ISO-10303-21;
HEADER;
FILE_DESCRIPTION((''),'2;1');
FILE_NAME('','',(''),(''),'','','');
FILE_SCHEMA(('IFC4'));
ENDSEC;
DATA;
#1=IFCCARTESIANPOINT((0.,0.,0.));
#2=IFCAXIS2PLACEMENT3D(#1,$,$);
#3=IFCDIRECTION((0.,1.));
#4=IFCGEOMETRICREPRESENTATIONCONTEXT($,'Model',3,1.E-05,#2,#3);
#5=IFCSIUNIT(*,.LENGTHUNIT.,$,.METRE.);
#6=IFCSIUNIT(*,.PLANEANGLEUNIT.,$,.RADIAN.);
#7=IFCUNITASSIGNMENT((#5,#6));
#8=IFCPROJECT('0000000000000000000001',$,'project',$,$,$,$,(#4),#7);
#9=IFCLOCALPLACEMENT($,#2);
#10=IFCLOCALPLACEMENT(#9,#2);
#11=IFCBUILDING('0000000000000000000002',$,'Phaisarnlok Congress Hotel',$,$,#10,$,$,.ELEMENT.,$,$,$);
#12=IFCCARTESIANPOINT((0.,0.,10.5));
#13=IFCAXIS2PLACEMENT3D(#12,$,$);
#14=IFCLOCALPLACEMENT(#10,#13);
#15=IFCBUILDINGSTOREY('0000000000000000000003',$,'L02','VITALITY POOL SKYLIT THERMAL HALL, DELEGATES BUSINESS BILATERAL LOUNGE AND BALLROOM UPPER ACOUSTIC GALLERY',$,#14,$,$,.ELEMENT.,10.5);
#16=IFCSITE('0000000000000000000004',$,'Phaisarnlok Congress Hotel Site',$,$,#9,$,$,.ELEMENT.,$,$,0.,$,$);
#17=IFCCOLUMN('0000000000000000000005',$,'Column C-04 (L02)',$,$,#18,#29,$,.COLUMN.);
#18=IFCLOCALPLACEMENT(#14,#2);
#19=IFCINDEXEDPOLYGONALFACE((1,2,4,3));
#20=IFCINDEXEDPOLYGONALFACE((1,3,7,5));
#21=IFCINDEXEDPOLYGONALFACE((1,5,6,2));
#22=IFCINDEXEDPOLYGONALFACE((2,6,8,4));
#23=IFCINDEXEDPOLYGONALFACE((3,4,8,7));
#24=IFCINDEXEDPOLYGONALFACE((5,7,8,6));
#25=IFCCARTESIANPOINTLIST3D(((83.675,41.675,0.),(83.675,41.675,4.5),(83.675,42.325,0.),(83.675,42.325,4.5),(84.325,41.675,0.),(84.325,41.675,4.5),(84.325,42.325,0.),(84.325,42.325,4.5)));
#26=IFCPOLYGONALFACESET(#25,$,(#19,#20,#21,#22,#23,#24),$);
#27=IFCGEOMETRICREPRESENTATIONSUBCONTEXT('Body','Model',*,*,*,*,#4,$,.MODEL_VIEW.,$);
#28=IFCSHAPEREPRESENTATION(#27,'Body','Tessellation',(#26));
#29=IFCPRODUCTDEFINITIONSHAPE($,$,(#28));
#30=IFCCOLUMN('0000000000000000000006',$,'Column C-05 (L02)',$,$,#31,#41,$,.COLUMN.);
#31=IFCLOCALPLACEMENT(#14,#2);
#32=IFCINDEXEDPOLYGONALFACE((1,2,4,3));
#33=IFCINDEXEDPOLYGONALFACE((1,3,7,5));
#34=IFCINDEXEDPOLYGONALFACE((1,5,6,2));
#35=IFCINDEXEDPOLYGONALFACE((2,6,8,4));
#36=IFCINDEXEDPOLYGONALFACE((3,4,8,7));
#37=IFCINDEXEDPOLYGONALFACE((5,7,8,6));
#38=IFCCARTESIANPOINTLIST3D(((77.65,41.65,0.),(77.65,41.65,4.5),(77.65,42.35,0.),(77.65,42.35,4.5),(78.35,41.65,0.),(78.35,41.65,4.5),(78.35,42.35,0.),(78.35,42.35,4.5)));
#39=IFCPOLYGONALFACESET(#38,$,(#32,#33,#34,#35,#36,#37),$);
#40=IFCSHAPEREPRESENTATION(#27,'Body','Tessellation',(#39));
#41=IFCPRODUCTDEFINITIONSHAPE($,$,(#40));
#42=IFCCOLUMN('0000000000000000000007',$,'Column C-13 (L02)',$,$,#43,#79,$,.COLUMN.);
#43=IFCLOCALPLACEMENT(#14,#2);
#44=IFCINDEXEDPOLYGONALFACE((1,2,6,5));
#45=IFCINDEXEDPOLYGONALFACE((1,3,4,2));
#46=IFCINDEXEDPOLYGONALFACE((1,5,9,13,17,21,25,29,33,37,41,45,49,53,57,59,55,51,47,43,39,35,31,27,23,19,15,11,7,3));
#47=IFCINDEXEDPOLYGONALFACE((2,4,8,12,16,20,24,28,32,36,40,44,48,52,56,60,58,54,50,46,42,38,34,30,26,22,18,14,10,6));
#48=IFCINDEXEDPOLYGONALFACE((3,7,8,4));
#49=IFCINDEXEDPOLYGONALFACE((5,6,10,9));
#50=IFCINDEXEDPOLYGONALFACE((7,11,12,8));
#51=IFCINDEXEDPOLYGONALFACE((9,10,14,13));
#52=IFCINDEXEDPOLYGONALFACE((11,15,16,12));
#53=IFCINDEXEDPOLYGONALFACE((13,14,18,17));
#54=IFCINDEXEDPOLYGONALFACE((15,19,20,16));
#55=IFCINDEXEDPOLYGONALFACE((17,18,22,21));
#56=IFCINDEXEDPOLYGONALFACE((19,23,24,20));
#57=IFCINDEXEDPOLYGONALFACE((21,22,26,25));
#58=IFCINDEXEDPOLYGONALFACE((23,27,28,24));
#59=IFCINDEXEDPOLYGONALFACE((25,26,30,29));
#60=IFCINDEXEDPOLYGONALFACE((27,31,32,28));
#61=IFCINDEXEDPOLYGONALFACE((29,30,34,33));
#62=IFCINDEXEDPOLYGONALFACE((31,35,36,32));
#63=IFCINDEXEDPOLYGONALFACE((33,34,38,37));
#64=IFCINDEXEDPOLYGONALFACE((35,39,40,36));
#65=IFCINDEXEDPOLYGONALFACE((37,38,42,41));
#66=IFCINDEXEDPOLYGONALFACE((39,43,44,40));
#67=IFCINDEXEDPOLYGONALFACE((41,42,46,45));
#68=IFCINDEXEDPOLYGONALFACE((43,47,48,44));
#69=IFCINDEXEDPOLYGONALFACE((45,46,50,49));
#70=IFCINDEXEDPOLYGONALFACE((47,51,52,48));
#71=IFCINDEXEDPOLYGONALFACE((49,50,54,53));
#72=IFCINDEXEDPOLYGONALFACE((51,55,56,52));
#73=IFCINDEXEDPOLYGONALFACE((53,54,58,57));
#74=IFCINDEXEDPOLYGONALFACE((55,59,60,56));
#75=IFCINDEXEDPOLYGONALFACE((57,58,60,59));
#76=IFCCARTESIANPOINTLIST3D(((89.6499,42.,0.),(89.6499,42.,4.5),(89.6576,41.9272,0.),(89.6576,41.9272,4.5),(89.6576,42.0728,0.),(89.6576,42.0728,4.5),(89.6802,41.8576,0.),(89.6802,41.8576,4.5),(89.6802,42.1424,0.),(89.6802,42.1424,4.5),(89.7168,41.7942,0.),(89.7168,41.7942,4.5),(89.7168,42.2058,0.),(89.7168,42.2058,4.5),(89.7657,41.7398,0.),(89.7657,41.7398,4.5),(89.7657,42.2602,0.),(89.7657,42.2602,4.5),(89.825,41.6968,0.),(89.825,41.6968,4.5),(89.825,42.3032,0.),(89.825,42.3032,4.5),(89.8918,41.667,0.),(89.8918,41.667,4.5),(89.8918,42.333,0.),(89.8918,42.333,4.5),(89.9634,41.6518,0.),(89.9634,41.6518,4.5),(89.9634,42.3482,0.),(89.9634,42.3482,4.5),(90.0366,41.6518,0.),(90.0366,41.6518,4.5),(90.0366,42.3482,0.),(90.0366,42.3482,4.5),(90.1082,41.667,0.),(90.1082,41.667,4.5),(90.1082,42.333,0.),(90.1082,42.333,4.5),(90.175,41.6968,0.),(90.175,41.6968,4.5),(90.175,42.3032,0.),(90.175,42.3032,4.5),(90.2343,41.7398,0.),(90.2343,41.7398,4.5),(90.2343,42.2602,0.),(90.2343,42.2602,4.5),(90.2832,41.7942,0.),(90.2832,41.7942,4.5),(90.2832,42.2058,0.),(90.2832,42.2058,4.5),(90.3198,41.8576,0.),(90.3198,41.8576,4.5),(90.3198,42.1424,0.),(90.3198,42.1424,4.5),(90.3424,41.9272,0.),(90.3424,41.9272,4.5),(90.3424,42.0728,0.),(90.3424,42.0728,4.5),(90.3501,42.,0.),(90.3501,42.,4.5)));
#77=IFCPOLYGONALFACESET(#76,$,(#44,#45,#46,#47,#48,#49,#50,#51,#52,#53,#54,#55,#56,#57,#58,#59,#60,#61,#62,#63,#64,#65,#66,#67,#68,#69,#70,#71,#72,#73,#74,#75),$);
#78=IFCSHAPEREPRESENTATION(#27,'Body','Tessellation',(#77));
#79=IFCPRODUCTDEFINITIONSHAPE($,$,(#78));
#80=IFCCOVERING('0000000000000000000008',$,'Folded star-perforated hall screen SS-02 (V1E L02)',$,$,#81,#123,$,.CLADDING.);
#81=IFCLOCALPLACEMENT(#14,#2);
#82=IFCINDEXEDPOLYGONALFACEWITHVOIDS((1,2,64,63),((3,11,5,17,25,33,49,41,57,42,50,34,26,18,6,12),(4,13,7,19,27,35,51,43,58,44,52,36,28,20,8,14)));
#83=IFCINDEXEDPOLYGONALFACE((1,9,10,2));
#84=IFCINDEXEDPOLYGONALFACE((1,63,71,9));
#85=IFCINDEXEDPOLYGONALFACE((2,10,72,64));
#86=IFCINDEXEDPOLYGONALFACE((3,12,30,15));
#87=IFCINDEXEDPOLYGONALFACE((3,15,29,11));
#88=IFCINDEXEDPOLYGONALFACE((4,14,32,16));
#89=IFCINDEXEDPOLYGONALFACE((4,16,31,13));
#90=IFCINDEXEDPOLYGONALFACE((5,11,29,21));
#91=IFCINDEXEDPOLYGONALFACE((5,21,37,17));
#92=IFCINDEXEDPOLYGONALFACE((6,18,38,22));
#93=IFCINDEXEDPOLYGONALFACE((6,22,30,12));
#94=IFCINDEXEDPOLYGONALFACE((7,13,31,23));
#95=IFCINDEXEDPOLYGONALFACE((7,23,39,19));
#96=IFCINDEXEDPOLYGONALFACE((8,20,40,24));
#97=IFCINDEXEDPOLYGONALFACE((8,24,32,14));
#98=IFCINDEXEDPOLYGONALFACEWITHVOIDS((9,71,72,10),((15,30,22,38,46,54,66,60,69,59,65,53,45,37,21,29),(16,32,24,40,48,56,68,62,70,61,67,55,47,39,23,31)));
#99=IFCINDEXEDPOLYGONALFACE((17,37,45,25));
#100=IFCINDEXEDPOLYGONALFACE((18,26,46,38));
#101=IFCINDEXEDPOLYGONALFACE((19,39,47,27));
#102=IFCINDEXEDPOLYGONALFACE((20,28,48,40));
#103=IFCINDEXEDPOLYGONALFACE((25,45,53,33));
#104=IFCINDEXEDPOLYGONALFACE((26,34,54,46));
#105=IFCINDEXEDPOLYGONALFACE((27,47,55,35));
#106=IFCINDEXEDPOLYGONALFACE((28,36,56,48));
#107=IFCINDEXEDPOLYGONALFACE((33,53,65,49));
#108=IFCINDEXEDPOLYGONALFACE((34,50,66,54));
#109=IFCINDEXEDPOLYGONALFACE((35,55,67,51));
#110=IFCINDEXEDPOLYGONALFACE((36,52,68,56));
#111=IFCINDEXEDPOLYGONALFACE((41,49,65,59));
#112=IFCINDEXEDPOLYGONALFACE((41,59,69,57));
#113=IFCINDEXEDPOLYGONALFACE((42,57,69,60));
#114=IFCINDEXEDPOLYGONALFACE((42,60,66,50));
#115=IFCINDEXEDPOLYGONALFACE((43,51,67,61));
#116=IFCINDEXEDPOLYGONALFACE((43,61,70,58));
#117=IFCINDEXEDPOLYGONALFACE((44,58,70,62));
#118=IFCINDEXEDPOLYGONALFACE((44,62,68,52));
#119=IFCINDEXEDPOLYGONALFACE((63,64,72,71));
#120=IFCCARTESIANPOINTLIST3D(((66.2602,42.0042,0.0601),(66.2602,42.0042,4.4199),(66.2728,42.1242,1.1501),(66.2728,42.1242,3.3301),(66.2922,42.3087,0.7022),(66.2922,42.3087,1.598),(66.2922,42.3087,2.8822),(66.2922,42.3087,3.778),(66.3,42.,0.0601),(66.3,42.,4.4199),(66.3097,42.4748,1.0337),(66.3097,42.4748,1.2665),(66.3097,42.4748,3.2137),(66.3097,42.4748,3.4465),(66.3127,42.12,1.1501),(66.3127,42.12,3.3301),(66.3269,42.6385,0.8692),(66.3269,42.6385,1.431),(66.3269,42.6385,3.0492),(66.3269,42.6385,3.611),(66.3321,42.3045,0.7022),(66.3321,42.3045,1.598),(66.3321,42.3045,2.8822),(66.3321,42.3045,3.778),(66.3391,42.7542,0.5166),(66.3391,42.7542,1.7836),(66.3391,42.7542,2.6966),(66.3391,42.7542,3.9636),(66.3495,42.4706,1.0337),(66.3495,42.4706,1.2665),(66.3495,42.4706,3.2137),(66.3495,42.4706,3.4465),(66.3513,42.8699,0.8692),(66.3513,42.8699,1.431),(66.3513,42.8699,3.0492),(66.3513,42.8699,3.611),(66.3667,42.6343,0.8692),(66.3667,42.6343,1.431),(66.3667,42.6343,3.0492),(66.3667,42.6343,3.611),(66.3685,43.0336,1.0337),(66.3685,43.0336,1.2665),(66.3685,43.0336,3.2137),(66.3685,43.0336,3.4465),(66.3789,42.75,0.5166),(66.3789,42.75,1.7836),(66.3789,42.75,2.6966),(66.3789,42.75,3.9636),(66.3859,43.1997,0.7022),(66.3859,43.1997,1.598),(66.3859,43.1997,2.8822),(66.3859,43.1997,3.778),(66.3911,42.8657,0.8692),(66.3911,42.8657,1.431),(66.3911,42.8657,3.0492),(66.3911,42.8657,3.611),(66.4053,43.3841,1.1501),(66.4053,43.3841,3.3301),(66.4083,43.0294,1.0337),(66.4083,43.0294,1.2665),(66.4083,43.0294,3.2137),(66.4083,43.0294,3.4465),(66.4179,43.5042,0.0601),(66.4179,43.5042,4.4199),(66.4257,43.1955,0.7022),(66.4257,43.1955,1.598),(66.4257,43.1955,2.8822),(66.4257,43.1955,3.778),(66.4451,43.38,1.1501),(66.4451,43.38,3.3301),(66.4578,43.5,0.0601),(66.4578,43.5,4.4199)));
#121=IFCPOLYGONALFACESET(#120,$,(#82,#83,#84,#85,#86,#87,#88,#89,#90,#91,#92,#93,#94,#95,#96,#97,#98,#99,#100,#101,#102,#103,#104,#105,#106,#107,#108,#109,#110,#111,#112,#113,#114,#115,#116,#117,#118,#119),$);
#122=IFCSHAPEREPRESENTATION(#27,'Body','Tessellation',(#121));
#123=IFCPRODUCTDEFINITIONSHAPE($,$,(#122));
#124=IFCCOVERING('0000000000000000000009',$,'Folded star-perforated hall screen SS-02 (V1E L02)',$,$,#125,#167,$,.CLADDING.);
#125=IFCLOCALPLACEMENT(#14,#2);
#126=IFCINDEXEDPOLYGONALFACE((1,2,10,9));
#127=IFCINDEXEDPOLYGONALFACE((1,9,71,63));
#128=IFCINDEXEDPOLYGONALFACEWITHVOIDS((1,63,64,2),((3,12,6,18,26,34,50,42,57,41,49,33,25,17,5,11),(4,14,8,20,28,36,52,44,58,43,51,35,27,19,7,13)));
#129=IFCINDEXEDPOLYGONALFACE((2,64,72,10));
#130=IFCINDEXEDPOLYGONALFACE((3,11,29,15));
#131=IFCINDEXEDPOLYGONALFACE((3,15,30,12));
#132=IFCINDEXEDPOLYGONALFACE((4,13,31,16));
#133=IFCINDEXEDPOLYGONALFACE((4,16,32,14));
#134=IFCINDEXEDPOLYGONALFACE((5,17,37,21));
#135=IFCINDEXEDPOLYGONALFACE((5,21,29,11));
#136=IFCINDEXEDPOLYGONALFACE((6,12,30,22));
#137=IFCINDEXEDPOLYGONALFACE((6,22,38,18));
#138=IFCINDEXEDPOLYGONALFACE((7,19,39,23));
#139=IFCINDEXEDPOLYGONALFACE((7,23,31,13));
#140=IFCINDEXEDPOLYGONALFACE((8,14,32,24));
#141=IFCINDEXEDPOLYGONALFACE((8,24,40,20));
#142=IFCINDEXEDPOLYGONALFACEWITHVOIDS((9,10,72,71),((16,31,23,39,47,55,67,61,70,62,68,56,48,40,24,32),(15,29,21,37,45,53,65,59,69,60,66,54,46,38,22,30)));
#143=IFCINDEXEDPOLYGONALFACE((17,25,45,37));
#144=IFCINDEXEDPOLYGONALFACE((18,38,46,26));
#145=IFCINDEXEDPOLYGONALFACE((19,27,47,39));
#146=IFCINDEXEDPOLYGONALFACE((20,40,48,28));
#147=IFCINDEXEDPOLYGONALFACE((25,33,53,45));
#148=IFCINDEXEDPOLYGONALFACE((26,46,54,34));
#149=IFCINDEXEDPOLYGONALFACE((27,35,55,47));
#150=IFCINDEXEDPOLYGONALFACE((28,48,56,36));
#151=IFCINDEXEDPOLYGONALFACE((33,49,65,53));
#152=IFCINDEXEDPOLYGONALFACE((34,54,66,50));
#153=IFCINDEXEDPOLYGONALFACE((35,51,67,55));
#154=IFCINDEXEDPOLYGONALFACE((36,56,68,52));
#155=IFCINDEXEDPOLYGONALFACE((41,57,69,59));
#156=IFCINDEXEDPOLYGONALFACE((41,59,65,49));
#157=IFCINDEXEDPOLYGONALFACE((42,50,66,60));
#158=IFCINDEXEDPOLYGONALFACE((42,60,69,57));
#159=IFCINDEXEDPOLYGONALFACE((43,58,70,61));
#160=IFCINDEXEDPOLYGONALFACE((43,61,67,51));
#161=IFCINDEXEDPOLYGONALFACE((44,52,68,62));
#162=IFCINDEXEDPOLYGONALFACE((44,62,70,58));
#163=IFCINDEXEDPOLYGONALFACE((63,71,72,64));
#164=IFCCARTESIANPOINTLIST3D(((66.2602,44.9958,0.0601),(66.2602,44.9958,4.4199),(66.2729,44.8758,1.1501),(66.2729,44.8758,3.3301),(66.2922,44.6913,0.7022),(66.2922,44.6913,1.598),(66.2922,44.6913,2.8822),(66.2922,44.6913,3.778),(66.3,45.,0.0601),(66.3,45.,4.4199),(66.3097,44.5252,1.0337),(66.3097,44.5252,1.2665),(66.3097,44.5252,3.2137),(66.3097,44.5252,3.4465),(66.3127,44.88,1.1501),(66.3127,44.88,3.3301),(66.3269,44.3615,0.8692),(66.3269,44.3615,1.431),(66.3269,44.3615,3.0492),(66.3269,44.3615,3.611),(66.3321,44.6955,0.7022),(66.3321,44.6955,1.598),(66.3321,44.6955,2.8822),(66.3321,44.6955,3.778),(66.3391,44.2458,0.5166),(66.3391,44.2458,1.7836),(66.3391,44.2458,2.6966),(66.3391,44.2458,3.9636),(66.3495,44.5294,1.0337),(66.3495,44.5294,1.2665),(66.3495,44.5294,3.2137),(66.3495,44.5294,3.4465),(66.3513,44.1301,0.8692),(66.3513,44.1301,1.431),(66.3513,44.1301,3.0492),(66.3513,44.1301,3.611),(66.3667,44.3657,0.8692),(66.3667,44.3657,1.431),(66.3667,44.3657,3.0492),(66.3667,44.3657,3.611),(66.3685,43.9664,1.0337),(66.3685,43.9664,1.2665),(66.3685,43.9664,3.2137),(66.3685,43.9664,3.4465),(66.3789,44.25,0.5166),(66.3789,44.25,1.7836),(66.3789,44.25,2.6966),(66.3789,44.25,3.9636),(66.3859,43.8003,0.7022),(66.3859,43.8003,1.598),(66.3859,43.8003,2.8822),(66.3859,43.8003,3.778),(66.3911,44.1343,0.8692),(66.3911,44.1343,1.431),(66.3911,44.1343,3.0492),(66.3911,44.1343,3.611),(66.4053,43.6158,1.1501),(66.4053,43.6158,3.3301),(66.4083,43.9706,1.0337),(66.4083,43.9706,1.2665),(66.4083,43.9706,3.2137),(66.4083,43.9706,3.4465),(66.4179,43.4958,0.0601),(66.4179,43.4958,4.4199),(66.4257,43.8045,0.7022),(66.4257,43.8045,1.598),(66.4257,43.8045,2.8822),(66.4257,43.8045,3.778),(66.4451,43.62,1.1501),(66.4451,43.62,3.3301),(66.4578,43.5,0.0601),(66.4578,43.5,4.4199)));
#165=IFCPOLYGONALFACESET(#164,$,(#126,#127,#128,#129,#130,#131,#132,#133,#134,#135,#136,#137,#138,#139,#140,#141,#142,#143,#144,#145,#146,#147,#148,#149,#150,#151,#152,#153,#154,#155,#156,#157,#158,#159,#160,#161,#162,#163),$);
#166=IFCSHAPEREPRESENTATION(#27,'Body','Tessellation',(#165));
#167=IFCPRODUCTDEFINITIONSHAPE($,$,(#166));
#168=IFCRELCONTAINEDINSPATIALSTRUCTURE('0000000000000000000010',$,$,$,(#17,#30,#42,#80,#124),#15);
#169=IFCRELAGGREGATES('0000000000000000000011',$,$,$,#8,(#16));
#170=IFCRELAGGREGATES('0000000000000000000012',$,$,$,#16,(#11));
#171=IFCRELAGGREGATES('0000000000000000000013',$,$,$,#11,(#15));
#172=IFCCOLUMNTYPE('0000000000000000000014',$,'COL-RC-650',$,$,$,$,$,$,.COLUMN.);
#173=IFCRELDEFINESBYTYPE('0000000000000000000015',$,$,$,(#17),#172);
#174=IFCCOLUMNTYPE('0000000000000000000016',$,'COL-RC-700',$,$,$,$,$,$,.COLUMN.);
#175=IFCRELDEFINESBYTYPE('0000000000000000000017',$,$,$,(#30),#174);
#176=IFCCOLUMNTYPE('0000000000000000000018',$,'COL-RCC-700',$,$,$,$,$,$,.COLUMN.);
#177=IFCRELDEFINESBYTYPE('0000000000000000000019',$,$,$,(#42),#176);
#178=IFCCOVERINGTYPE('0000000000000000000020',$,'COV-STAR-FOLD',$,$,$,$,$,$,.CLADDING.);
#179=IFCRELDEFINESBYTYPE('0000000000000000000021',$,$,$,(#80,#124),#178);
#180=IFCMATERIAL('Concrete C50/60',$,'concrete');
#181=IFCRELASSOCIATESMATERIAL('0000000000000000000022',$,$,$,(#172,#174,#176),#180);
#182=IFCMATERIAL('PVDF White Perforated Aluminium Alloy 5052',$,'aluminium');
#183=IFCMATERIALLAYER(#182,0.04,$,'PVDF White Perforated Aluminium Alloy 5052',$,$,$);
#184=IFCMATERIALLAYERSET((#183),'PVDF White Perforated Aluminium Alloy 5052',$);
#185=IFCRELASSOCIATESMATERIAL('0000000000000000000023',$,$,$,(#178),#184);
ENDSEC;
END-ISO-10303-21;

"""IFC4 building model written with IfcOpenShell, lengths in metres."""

from ifc_helpers import new_model, si_unit, direction, frame, origin, origin_2d, place, context, subcontext, project, spatial, polyline, rectangle, circle, outline, extrude, material, layer, layer_set, material_profile, profile_set, type_object, element, save


model = new_model("IFC4")

# Units and contexts
model_context = context("Model", 3, precision=1e-05, world=origin(), true_north=direction((0.0, 1.0)))
body_context = subcontext(model_context, "Body", "Model", "MODEL_VIEW")
ifc_project = project(units=[si_unit("LENGTHUNIT", "METRE"), si_unit("PLANEANGLEUNIT", "RADIAN")], contexts=[model_context])

# Site, building, storey
site_placement = place(None, origin())
site = spatial("IfcSite", under=ifc_project, at=site_placement, Name="Phaisarnlok Congress Hotel Site", CompositionType="ELEMENT", RefElevation=0.0)
building_placement = place(site_placement, origin())
building = spatial("IfcBuilding", under=site, at=building_placement, Name="Phaisarnlok Congress Hotel", CompositionType="ELEMENT")
storey_placement = place(building_placement, frame((0.0, 0.0, 10.5)))
storey = spatial("IfcBuildingStorey", under=building, at=storey_placement, Name="L02", Description="VITALITY POOL SKYLIT THERMAL HALL, DELEGATES BUSINESS BILATERAL LOUNGE AND BALLROOM UPPER ACOUSTIC GALLERY", CompositionType="ELEMENT", Elevation=10.5)

# Columns
ifc_material_1 = material(Name="Concrete C50/60", Category="concrete")
ifc_material_profile_1 = material_profile(ifc_material_1, rectangle(XDim=0.6499, YDim=0.6499, at=origin_2d()), Name="RC 650x650")
ifc_profile_set_1 = profile_set([ifc_material_profile_1], Name="Concrete C50/60")
column_type_1 = type_object("IfcColumnType", Name="COL-RC-650", PredefinedType="COLUMN", material=ifc_profile_set_1)
column_1_placement = place(storey_placement, frame((84.0, 42.0, 0.0), z_axis=(0.0, 0.0, 1.0), x_axis=(1.0, 0.0, 0.0)))
element("IfcColumn", 1, at=column_1_placement, inside=storey, type_object=column_type_1, Name="Column C-04 (L02)", PredefinedType="COLUMN", context=body_context, shape_type="SweptSolid", body=[
    extrude(rectangle(XDim=0.6499, YDim=0.6499, at=origin_2d()), origin(), (0.0, 0.0, 1.0), 4.5),
])
ifc_material_profile_2 = material_profile(ifc_material_1, rectangle(XDim=0.7, YDim=0.7, at=origin_2d()), Name="RC 700x700")
ifc_profile_set_2 = profile_set([ifc_material_profile_2], Name="Concrete C50/60")
column_type_2 = type_object("IfcColumnType", Name="COL-RC-700", PredefinedType="COLUMN", material=ifc_profile_set_2)
column_2_placement = place(storey_placement, frame((78.0, 42.0, 0.0), z_axis=(0.0, 0.0, 1.0), x_axis=(1.0, 0.0, 0.0)))
element("IfcColumn", 2, at=column_2_placement, inside=storey, type_object=column_type_2, Name="Column C-05 (L02)", PredefinedType="COLUMN", context=body_context, shape_type="SweptSolid", body=[
    extrude(rectangle(XDim=0.7, YDim=0.7, at=origin_2d()), origin(), (0.0, 0.0, 1.0), 4.5),
])
ifc_material_profile_3 = material_profile(ifc_material_1, circle(Radius=0.3501, at=origin_2d()), Name="RCC D700")
ifc_profile_set_3 = profile_set([ifc_material_profile_3], Name="Concrete C50/60")
column_type_3 = type_object("IfcColumnType", Name="COL-RCC-700", PredefinedType="COLUMN", material=ifc_profile_set_3)
column_3_placement = place(storey_placement, frame((90.0, 42.0, 0.0), z_axis=(0.0, 0.0, 1.0), x_axis=(1.0, 0.0, 0.0)))
element("IfcColumn", 3, at=column_3_placement, inside=storey, type_object=column_type_3, Name="Column C-13 (L02)", PredefinedType="COLUMN", context=body_context, shape_type="SweptSolid", body=[
    extrude(circle(Radius=0.3501, at=origin_2d()), origin(), (0.0, 0.0, 1.0), 4.5),
])

# Coverings
ifc_material_2 = material(Name="PVDF White Perforated Aluminium Alloy 5052", Category="aluminium")
ifc_layer = layer(ifc_material_2, 0.04, Name="PVDF White Perforated Aluminium Alloy 5052")
ifc_layer_set = layer_set([ifc_layer], Name="PVDF White Perforated Aluminium Alloy 5052")
covering_type = type_object("IfcCoveringType", Name="COV-STAR-FOLD", PredefinedType="CLADDING", material=ifc_layer_set)
for number, where, z_axis, x_axis, name in (
    (4, (66.4578, 43.5, 0.0601), (-0.994518, 0.104567, 0.0), (-0.104567, -0.994518, 0.0), "Folded star-perforated hall screen SS-02 (V1E L02)"),
    (5, (66.3, 45.0, 0.0601), (-0.994518, -0.104567, 0.0), (0.104567, -0.994518, 0.0), "Folded star-perforated hall screen SS-02 (V1E L02)"),
):
    element("IfcCovering", number, at=place(storey_placement, frame(where, z_axis=z_axis, x_axis=x_axis)), inside=storey, type_object=covering_type, Name=name, PredefinedType="CLADDING", context=body_context, shape_type="SweptSolid", body=[
        extrude(outline(polyline([(0.0, 0.0), (1.5083, 0.0), (1.5083, 4.3599), (0.0, 4.3599), (0.0, 0.0)]), holes=[polyline([(1.0351, 0.9736), (1.2021, 0.6421), (0.8705, 0.8091), (0.7541, 0.4565), (0.6378, 0.8091), (0.3062, 0.6421), (0.4732, 0.9736), (0.1207, 1.09), (0.4732, 1.2064), (0.3062, 1.5379), (0.6378, 1.3709), (0.7541, 1.7235), (0.8705, 1.3709), (1.2021, 1.5379), (1.0351, 1.2064), (1.3876, 1.09), (1.0351, 0.9736)]), polyline([(1.0351, 3.1536), (1.2021, 2.8221), (0.8705, 2.9891), (0.7541, 2.6365), (0.6378, 2.9891), (0.3062, 2.8221), (0.4732, 3.1536), (0.1207, 3.27), (0.4732, 3.3864), (0.3062, 3.7179), (0.6378, 3.5509), (0.7541, 3.9035), (0.8705, 3.5509), (1.2021, 3.7179), (1.0351, 3.3864), (1.3876, 3.27), (1.0351, 3.1536)])]), origin(), (0.0, 0.0, 1.0), 0.04),
    ])

save(model, "model.ifc")
